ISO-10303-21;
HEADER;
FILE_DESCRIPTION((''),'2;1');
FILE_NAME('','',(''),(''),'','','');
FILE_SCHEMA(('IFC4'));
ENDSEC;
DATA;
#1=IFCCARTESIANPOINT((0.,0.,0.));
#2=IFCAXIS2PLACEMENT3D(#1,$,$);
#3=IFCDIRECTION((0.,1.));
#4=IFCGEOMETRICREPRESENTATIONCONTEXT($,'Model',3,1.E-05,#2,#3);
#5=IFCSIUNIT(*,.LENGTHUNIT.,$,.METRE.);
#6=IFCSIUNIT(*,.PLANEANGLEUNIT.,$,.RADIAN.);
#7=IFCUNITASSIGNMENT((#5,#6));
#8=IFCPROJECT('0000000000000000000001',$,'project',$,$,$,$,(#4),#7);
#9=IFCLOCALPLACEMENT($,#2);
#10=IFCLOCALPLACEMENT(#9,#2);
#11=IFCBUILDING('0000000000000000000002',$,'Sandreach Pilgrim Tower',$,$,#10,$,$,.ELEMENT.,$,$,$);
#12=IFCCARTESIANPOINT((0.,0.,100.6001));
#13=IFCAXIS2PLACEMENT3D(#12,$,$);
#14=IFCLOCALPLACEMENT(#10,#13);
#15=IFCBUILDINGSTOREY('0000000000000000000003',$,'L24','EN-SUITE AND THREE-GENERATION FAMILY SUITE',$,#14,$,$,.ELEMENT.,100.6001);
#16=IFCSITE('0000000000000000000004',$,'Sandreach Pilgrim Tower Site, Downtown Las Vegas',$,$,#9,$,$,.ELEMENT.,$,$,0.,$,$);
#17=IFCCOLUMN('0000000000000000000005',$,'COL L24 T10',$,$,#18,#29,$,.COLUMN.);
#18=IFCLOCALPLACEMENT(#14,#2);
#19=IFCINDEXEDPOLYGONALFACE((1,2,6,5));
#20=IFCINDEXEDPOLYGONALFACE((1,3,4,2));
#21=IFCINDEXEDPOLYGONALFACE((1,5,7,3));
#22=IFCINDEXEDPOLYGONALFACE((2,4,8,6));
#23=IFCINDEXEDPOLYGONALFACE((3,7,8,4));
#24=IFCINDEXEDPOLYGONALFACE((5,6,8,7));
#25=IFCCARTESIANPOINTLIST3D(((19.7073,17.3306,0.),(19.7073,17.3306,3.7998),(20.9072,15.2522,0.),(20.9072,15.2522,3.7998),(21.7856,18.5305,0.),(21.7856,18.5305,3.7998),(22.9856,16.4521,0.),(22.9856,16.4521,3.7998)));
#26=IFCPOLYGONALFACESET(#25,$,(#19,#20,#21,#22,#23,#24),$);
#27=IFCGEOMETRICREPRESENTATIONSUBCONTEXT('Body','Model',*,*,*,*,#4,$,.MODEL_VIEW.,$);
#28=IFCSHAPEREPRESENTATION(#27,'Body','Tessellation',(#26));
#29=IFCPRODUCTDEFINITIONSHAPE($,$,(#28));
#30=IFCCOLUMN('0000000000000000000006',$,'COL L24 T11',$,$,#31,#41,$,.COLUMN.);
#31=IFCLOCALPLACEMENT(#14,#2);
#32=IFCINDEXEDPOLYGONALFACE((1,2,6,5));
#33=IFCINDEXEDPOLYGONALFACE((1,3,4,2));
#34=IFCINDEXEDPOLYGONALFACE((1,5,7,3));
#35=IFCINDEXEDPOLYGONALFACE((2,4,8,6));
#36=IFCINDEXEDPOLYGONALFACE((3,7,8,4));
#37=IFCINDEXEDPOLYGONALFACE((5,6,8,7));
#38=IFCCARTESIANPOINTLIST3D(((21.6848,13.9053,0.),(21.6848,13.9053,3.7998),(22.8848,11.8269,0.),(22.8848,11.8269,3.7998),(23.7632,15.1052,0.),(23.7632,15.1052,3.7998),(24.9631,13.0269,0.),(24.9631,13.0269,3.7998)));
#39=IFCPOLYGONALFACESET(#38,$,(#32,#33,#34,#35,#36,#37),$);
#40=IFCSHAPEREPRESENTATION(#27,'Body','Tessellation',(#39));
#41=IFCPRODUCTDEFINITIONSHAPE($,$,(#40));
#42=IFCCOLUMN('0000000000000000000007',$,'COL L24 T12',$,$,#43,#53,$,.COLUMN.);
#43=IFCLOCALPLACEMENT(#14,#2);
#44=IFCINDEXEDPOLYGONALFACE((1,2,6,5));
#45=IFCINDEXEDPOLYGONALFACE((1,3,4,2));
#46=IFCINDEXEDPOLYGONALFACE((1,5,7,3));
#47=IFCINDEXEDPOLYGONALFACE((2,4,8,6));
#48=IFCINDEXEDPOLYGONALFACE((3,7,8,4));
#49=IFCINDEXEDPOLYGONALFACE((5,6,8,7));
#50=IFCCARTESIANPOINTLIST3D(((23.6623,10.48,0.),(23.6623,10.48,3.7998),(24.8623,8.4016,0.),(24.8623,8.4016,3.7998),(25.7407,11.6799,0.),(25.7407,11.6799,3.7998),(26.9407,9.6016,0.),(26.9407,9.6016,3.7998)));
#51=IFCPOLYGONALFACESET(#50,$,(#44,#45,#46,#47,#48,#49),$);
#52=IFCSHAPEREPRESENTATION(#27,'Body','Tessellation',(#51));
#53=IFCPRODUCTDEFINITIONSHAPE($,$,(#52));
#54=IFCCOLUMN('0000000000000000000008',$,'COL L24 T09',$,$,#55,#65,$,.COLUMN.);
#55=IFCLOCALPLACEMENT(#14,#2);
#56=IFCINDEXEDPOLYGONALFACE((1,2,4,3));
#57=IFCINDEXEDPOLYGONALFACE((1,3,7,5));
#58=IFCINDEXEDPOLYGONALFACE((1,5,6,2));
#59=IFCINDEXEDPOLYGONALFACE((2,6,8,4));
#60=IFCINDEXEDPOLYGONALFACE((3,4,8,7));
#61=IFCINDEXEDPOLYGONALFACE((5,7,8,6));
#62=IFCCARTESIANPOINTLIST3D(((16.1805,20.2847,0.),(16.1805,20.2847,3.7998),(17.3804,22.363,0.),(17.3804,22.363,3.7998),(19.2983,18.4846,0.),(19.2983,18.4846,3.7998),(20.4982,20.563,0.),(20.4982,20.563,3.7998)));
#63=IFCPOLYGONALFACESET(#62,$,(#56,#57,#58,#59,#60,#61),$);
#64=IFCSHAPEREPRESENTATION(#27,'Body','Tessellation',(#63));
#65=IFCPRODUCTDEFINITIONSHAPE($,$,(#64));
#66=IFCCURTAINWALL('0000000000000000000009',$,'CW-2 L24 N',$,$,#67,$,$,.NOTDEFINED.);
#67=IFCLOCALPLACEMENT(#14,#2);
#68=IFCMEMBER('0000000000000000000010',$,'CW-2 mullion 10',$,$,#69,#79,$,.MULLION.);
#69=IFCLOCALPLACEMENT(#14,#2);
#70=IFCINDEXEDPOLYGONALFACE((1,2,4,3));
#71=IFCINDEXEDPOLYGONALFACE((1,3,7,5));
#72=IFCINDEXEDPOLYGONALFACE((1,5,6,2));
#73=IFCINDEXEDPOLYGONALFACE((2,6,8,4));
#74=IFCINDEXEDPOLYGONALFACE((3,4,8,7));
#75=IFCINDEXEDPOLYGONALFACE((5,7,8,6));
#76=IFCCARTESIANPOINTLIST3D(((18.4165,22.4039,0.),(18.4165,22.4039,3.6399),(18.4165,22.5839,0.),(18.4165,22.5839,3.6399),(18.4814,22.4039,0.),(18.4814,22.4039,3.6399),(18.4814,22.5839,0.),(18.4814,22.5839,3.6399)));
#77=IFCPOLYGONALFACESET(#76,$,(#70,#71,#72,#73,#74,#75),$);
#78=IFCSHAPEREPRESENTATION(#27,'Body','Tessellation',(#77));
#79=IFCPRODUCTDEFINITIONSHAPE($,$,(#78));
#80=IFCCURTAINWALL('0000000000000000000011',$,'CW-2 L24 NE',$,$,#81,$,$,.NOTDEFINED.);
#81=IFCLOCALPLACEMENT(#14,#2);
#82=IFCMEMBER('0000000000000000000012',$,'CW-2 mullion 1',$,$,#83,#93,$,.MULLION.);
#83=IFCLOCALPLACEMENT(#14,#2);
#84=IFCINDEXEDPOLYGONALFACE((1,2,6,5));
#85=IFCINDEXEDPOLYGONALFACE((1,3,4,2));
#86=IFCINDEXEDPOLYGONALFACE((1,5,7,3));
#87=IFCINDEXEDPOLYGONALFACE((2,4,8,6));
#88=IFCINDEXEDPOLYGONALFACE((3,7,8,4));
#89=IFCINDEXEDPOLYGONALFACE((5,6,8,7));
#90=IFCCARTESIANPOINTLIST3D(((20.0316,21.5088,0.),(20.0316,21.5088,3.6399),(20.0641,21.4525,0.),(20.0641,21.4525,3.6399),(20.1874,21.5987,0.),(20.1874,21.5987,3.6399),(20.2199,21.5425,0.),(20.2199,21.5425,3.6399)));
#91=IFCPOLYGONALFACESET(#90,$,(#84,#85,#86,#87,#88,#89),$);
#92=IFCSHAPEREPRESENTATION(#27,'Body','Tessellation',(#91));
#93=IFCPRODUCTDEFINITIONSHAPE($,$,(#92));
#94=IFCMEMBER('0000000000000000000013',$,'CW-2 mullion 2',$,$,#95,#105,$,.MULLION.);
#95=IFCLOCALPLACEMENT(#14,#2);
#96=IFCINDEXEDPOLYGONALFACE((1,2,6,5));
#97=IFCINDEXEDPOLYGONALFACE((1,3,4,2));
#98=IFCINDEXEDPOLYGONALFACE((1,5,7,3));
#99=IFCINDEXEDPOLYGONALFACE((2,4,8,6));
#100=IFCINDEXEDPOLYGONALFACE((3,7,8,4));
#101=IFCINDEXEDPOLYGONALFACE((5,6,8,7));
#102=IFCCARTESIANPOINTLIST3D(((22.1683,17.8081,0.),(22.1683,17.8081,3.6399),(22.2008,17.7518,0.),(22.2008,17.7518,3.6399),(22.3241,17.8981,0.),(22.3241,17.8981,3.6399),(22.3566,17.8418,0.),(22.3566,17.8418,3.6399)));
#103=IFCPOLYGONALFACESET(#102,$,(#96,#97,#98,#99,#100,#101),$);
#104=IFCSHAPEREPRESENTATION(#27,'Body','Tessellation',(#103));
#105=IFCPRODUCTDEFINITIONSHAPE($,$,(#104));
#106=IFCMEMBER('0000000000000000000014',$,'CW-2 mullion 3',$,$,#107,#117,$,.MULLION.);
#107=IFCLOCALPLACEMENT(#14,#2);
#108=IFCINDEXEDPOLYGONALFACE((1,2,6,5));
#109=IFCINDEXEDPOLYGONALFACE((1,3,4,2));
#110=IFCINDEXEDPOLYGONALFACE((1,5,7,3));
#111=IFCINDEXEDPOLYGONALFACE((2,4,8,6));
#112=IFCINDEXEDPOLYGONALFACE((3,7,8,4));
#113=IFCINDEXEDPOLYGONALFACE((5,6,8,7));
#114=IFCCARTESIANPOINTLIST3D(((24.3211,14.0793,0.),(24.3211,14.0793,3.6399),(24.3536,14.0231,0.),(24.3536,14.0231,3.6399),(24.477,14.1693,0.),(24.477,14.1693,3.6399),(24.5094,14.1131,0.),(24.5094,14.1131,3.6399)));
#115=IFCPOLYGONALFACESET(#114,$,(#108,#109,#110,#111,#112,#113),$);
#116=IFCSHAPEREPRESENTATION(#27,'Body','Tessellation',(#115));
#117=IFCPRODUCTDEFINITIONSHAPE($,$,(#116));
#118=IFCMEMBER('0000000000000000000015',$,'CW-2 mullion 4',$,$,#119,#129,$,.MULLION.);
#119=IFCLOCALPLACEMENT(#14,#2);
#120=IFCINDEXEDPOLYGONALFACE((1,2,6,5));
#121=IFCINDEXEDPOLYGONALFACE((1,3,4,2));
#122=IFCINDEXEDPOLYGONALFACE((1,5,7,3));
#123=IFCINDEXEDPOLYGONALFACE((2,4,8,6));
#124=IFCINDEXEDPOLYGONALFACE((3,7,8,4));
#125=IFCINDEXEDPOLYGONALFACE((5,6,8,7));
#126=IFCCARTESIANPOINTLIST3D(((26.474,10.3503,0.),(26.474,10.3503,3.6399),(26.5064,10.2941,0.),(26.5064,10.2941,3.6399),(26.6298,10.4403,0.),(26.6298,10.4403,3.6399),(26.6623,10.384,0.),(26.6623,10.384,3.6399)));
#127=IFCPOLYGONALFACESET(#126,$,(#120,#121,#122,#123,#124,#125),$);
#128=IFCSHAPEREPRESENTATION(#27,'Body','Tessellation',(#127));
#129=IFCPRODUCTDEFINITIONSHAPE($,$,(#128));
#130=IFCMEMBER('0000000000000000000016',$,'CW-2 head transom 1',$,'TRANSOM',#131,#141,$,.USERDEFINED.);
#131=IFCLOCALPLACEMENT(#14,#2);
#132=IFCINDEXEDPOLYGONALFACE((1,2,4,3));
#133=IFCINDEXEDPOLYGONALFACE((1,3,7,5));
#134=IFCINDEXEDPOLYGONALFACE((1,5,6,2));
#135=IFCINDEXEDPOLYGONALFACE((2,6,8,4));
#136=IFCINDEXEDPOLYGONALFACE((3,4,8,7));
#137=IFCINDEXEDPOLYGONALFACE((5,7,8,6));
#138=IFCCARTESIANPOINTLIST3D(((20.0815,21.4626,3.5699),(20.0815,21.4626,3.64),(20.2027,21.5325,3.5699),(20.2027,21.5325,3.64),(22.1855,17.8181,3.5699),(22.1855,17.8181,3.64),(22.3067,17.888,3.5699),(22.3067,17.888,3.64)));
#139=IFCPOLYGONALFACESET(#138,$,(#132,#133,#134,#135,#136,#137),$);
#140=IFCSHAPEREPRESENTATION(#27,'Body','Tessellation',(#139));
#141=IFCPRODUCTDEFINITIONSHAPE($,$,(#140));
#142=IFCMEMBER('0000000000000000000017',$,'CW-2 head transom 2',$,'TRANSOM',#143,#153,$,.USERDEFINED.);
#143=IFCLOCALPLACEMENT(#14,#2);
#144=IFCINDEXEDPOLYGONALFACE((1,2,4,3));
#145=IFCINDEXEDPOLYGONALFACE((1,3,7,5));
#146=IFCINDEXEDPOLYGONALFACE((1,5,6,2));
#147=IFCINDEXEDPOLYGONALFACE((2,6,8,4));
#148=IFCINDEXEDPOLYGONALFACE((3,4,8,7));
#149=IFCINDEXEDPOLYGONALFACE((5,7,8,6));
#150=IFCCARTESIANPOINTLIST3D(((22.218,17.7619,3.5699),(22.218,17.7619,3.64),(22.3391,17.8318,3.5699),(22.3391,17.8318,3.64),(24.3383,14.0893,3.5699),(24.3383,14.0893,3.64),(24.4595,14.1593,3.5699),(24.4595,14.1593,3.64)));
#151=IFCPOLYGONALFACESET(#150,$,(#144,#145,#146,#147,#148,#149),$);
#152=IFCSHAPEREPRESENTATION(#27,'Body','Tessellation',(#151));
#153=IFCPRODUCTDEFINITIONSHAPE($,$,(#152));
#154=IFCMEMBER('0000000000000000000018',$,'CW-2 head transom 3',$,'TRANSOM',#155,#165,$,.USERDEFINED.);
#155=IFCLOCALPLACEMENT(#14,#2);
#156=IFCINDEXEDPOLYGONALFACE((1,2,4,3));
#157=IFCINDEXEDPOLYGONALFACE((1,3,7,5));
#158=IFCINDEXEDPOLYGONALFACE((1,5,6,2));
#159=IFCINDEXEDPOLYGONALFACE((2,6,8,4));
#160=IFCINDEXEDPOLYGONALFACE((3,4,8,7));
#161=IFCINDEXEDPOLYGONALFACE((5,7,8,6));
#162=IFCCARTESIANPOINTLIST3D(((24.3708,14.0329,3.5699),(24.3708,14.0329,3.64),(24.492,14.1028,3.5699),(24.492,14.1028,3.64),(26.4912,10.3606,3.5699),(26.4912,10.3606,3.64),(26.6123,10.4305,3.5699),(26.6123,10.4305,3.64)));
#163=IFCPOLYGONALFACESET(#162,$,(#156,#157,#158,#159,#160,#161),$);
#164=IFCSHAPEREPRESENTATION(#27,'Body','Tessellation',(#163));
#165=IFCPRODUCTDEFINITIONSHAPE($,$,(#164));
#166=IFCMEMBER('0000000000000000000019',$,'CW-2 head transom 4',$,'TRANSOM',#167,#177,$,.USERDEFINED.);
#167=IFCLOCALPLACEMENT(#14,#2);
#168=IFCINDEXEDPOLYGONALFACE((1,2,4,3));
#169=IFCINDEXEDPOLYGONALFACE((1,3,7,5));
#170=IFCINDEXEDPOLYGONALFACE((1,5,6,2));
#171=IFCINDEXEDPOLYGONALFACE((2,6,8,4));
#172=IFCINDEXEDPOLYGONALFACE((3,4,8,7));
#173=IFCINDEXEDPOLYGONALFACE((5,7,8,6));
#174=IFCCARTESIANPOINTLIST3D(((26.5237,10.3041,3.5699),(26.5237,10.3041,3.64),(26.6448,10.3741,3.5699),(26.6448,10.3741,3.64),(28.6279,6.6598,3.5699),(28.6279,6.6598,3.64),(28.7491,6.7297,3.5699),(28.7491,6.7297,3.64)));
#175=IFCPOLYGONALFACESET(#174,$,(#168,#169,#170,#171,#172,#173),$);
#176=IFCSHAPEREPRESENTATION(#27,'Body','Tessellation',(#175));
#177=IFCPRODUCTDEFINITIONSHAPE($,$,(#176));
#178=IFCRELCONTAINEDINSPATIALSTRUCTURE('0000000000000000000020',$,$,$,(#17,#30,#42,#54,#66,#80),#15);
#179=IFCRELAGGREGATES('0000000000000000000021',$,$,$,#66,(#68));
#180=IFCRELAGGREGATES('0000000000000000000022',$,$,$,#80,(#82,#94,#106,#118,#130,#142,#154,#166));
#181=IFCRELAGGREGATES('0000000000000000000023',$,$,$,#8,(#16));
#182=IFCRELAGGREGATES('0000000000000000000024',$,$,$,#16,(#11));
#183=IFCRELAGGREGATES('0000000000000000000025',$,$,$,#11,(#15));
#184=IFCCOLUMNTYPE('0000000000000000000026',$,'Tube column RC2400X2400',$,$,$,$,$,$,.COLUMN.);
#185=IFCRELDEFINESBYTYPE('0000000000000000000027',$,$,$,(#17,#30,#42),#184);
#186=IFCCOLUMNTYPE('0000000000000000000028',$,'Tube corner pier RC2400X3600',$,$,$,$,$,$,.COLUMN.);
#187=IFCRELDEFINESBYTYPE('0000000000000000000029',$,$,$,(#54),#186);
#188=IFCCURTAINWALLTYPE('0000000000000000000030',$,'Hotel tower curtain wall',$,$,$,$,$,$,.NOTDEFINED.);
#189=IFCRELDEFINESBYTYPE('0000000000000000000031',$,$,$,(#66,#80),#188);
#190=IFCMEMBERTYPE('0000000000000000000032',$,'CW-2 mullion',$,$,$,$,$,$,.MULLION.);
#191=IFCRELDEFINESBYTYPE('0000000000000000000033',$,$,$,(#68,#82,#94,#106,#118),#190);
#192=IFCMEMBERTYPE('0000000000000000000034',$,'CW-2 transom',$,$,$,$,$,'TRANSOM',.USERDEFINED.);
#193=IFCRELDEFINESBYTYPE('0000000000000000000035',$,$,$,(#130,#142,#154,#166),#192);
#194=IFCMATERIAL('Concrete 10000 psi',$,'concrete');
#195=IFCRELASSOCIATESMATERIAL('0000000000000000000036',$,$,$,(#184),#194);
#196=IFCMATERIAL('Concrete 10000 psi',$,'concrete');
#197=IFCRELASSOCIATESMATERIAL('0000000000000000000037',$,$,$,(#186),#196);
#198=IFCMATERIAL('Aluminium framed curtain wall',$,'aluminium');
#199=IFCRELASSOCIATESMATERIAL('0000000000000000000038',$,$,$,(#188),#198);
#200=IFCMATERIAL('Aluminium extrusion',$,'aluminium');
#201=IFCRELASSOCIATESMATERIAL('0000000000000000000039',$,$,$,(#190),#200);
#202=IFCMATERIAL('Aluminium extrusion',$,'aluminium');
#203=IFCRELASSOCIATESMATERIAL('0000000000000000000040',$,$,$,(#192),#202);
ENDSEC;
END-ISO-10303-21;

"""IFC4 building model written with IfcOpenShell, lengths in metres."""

from ifc_helpers import new_model, si_unit, direction, frame, origin, origin_2d, place, context, subcontext, project, spatial, rectangle, extrude, material, material_profile, profile_set, type_object, element, aggregate, save


model = new_model("IFC4")

# Units and contexts
model_context = context("Model", 3, precision=1e-05, world=origin(), true_north=direction((0.0, 1.0)))
body_context = subcontext(model_context, "Body", "Model", "MODEL_VIEW")
ifc_project = project(units=[si_unit("LENGTHUNIT", "METRE"), si_unit("PLANEANGLEUNIT", "RADIAN")], contexts=[model_context])

# Site, building, storey
site_placement = place(None, origin())
site = spatial("IfcSite", under=ifc_project, at=site_placement, Name="Sandreach Pilgrim Tower Site, Downtown Las Vegas", CompositionType="ELEMENT", RefElevation=0.0)
building_placement = place(site_placement, origin())
building = spatial("IfcBuilding", under=site, at=building_placement, Name="Sandreach Pilgrim Tower", CompositionType="ELEMENT")
storey_placement = place(building_placement, frame((0.0, 0.0, 100.6001)))
storey = spatial("IfcBuildingStorey", under=building, at=storey_placement, Name="L24", Description="EN-SUITE AND THREE-GENERATION FAMILY SUITE", CompositionType="ELEMENT", Elevation=100.6001)

# Columns
ifc_material_1 = material(Name="Concrete 10000 psi", Category="concrete")
ifc_material_profile_1 = material_profile(ifc_material_1, rectangle(XDim=2.3999, YDim=2.3999, at=origin_2d()), Name="RC2400X2400")
ifc_profile_set_1 = profile_set([ifc_material_profile_1], Name="Concrete 10000 psi")
column_type_1 = type_object("IfcColumnType", Name="Tube column RC2400X2400", PredefinedType="COLUMN", material=ifc_profile_set_1)
for number, where, z_axis, x_axis, name in (
    (1, (21.3464, 16.8914, 0.0), (0.0, 0.0, 1.0), (0.866025, 0.5, 0.0), "COL L24 T10"),
    (2, (23.324, 13.4661, 0.0), (0.0, 0.0, 1.0), (0.866025, 0.5, 0.0), "COL L24 T11"),
    (3, (25.3015, 10.0408, 0.0), (0.0, 0.0, 1.0), (0.866025, 0.5, 0.0), "COL L24 T12"),
):
    element("IfcColumn", number, at=place(storey_placement, frame(where, z_axis=z_axis, x_axis=x_axis)), inside=storey, type_object=column_type_1, Name=name, PredefinedType="COLUMN", context=body_context, shape_type="SweptSolid", body=[
        extrude(rectangle(XDim=2.3999, YDim=2.3999, at=origin_2d()), origin(), (0.0, 0.0, 1.0), 3.7998),
    ])
ifc_material_2 = material(Name="Concrete 10000 psi", Category="concrete")
ifc_material_profile_2 = material_profile(ifc_material_2, rectangle(XDim=2.3999, YDim=3.6001, at=origin_2d()), Name="RC2400X3600")
ifc_profile_set_2 = profile_set([ifc_material_profile_2], Name="Concrete 10000 psi")
column_type_2 = type_object("IfcColumnType", Name="Tube corner pier RC2400X3600", PredefinedType="COLUMN", material=ifc_profile_set_2)
column_placement = place(storey_placement, frame((18.3394, 20.4238, 0.0), z_axis=(0.0, 0.0, 1.0), x_axis=(0.5, 0.866025, 0.0)))
element("IfcColumn", 4, at=column_placement, inside=storey, type_object=column_type_2, Name="COL L24 T09", PredefinedType="COLUMN", context=body_context, shape_type="SweptSolid", body=[
    extrude(rectangle(XDim=2.3999, YDim=3.6001, at=origin_2d()), origin(), (0.0, 0.0, 1.0), 3.7998),
])

# Curtain wall, member
ifc_material_3 = material(Name="Aluminium framed curtain wall", Category="aluminium")
curtain_wall_type = type_object("IfcCurtainWallType", Name="Hotel tower curtain wall", PredefinedType="NOTDEFINED", material=ifc_material_3)
curtain_wall_1_placement = place(storey_placement, origin())
curtain_wall_1 = element("IfcCurtainWall", 5, at=curtain_wall_1_placement, inside=storey, type_object=curtain_wall_type, Name="CW-2 L24 N", PredefinedType="NOTDEFINED")
ifc_material_4 = material(Name="Aluminium extrusion", Category="aluminium")
ifc_material_profile_3 = material_profile(ifc_material_4, rectangle(XDim=0.0649, YDim=0.1799, at=origin_2d()), Name="CW-2M 65X180")
ifc_profile_set_3 = profile_set([ifc_material_profile_3], Name="Aluminium extrusion")
member_type_1 = type_object("IfcMemberType", Name="CW-2 mullion", PredefinedType="MULLION", material=ifc_profile_set_3)
member_1_placement = place(storey_placement, frame((18.449, 22.4939, 0.0), z_axis=(0.0, 0.0, 1.0), x_axis=(1.0, 0.0, 0.0)))
member_1 = element("IfcMember", 6, at=member_1_placement, type_object=member_type_1, Name="CW-2 mullion 10", PredefinedType="MULLION", context=body_context, shape_type="SweptSolid", body=[
    extrude(rectangle(XDim=0.0649, YDim=0.1799, at=origin_2d()), origin(), (0.0, 0.0, 1.0), 3.6399),
])

# Curtain wall, members
curtain_wall_2_placement = place(storey_placement, origin())
curtain_wall_2 = element("IfcCurtainWall", 7, at=curtain_wall_2_placement, inside=storey, type_object=curtain_wall_type, Name="CW-2 L24 NE", PredefinedType="NOTDEFINED")
member_2_placement = place(storey_placement, frame((20.1257, 21.5256, 0.0), z_axis=(0.0, 0.0, 1.0), x_axis=(0.5, -0.866025, 0.0)))
member_2 = element("IfcMember", 8, at=member_2_placement, type_object=member_type_1, Name="CW-2 mullion 1", PredefinedType="MULLION", context=body_context, shape_type="SweptSolid", body=[
    extrude(rectangle(XDim=0.0649, YDim=0.1799, at=origin_2d()), origin(), (0.0, 0.0, 1.0), 3.6399),
])
member_3_placement = place(storey_placement, frame((22.2625, 17.825, 0.0), z_axis=(0.0, 0.0, 1.0), x_axis=(0.5, -0.866025, 0.0)))
member_3 = element("IfcMember", 9, at=member_3_placement, type_object=member_type_1, Name="CW-2 mullion 2", PredefinedType="MULLION", context=body_context, shape_type="SweptSolid", body=[
    extrude(rectangle(XDim=0.0649, YDim=0.1799, at=origin_2d()), origin(), (0.0, 0.0, 1.0), 3.6399),
])
member_4_placement = place(storey_placement, frame((24.4153, 14.0962, 0.0), z_axis=(0.0, 0.0, 1.0), x_axis=(0.5, -0.866025, 0.0)))
member_4 = element("IfcMember", 10, at=member_4_placement, type_object=member_type_1, Name="CW-2 mullion 3", PredefinedType="MULLION", context=body_context, shape_type="SweptSolid", body=[
    extrude(rectangle(XDim=0.0649, YDim=0.1799, at=origin_2d()), origin(), (0.0, 0.0, 1.0), 3.6399),
])
member_5_placement = place(storey_placement, frame((26.5681, 10.3672, 0.0), z_axis=(0.0, 0.0, 1.0), x_axis=(0.5, -0.866025, 0.0)))
member_5 = element("IfcMember", 11, at=member_5_placement, type_object=member_type_1, Name="CW-2 mullion 4", PredefinedType="MULLION", context=body_context, shape_type="SweptSolid", body=[
    extrude(rectangle(XDim=0.0649, YDim=0.1799, at=origin_2d()), origin(), (0.0, 0.0, 1.0), 3.6399),
])
ifc_material_5 = material(Name="Aluminium extrusion", Category="aluminium")
ifc_material_profile_4 = material_profile(ifc_material_5, rectangle(XDim=0.1399, YDim=0.0701, at=origin_2d()), Name="CW-2T 140X70")
ifc_profile_set_4 = profile_set([ifc_material_profile_4], Name="Aluminium extrusion")
member_type_2 = type_object("IfcMemberType", Name="CW-2 transom", ElementType="TRANSOM", PredefinedType="USERDEFINED", material=ifc_profile_set_4)
member_6_placement = place(storey_placement, frame((20.1421, 21.4976, 3.605), z_axis=(0.49997, -0.866043, 0.0), x_axis=(0.866043, 0.49997, 0.0)))
member_6 = element("IfcMember", 12, at=member_6_placement, type_object=member_type_2, Name="CW-2 head transom 1", ObjectType="TRANSOM", PredefinedType="USERDEFINED", context=body_context, shape_type="SweptSolid", body=[
    extrude(rectangle(XDim=0.1399, YDim=0.0701, at=origin_2d()), origin(), (0.0, 0.0, 1.0), 4.2083),
])
member_7_placement = place(storey_placement, frame((22.2786, 17.7969, 3.605), z_axis=(0.499997, -0.866027, 0.0), x_axis=(0.866027, 0.499997, 0.0)))
member_7 = element("IfcMember", 13, at=member_7_placement, type_object=member_type_2, Name="CW-2 head transom 2", ObjectType="TRANSOM", PredefinedType="USERDEFINED", context=body_context, shape_type="SweptSolid", body=[
    extrude(rectangle(XDim=0.1399, YDim=0.0701, at=origin_2d()), origin(), (0.0, 0.0, 1.0), 4.2407),
])
member_8_placement = place(storey_placement, frame((24.4314, 14.0679, 3.605), z_axis=(0.500021, -0.866013, 0.0), x_axis=(0.866013, 0.500021, 0.0)))
member_8 = element("IfcMember", 14, at=member_8_placement, type_object=member_type_2, Name="CW-2 head transom 3", ObjectType="TRANSOM", PredefinedType="USERDEFINED", context=body_context, shape_type="SweptSolid", body=[
    extrude(rectangle(XDim=0.1399, YDim=0.0701, at=origin_2d()), origin(), (0.0, 0.0, 1.0), 4.2405),
])
member_9_placement = place(storey_placement, frame((26.5842, 10.3391, 3.605), z_axis=(0.500039, -0.866003, 0.0), x_axis=(0.866003, 0.500039, 0.0)))
member_9 = element("IfcMember", 15, at=member_9_placement, type_object=member_type_2, Name="CW-2 head transom 4", ObjectType="TRANSOM", PredefinedType="USERDEFINED", context=body_context, shape_type="SweptSolid", body=[
    extrude(rectangle(XDim=0.1399, YDim=0.0701, at=origin_2d()), origin(), (0.0, 0.0, 1.0), 4.2083),
])

aggregate(curtain_wall_1, [member_1])
aggregate(curtain_wall_2, [member_2, member_3, member_4, member_5, member_6, member_7, member_8, member_9])

save(model, "model.ifc")
